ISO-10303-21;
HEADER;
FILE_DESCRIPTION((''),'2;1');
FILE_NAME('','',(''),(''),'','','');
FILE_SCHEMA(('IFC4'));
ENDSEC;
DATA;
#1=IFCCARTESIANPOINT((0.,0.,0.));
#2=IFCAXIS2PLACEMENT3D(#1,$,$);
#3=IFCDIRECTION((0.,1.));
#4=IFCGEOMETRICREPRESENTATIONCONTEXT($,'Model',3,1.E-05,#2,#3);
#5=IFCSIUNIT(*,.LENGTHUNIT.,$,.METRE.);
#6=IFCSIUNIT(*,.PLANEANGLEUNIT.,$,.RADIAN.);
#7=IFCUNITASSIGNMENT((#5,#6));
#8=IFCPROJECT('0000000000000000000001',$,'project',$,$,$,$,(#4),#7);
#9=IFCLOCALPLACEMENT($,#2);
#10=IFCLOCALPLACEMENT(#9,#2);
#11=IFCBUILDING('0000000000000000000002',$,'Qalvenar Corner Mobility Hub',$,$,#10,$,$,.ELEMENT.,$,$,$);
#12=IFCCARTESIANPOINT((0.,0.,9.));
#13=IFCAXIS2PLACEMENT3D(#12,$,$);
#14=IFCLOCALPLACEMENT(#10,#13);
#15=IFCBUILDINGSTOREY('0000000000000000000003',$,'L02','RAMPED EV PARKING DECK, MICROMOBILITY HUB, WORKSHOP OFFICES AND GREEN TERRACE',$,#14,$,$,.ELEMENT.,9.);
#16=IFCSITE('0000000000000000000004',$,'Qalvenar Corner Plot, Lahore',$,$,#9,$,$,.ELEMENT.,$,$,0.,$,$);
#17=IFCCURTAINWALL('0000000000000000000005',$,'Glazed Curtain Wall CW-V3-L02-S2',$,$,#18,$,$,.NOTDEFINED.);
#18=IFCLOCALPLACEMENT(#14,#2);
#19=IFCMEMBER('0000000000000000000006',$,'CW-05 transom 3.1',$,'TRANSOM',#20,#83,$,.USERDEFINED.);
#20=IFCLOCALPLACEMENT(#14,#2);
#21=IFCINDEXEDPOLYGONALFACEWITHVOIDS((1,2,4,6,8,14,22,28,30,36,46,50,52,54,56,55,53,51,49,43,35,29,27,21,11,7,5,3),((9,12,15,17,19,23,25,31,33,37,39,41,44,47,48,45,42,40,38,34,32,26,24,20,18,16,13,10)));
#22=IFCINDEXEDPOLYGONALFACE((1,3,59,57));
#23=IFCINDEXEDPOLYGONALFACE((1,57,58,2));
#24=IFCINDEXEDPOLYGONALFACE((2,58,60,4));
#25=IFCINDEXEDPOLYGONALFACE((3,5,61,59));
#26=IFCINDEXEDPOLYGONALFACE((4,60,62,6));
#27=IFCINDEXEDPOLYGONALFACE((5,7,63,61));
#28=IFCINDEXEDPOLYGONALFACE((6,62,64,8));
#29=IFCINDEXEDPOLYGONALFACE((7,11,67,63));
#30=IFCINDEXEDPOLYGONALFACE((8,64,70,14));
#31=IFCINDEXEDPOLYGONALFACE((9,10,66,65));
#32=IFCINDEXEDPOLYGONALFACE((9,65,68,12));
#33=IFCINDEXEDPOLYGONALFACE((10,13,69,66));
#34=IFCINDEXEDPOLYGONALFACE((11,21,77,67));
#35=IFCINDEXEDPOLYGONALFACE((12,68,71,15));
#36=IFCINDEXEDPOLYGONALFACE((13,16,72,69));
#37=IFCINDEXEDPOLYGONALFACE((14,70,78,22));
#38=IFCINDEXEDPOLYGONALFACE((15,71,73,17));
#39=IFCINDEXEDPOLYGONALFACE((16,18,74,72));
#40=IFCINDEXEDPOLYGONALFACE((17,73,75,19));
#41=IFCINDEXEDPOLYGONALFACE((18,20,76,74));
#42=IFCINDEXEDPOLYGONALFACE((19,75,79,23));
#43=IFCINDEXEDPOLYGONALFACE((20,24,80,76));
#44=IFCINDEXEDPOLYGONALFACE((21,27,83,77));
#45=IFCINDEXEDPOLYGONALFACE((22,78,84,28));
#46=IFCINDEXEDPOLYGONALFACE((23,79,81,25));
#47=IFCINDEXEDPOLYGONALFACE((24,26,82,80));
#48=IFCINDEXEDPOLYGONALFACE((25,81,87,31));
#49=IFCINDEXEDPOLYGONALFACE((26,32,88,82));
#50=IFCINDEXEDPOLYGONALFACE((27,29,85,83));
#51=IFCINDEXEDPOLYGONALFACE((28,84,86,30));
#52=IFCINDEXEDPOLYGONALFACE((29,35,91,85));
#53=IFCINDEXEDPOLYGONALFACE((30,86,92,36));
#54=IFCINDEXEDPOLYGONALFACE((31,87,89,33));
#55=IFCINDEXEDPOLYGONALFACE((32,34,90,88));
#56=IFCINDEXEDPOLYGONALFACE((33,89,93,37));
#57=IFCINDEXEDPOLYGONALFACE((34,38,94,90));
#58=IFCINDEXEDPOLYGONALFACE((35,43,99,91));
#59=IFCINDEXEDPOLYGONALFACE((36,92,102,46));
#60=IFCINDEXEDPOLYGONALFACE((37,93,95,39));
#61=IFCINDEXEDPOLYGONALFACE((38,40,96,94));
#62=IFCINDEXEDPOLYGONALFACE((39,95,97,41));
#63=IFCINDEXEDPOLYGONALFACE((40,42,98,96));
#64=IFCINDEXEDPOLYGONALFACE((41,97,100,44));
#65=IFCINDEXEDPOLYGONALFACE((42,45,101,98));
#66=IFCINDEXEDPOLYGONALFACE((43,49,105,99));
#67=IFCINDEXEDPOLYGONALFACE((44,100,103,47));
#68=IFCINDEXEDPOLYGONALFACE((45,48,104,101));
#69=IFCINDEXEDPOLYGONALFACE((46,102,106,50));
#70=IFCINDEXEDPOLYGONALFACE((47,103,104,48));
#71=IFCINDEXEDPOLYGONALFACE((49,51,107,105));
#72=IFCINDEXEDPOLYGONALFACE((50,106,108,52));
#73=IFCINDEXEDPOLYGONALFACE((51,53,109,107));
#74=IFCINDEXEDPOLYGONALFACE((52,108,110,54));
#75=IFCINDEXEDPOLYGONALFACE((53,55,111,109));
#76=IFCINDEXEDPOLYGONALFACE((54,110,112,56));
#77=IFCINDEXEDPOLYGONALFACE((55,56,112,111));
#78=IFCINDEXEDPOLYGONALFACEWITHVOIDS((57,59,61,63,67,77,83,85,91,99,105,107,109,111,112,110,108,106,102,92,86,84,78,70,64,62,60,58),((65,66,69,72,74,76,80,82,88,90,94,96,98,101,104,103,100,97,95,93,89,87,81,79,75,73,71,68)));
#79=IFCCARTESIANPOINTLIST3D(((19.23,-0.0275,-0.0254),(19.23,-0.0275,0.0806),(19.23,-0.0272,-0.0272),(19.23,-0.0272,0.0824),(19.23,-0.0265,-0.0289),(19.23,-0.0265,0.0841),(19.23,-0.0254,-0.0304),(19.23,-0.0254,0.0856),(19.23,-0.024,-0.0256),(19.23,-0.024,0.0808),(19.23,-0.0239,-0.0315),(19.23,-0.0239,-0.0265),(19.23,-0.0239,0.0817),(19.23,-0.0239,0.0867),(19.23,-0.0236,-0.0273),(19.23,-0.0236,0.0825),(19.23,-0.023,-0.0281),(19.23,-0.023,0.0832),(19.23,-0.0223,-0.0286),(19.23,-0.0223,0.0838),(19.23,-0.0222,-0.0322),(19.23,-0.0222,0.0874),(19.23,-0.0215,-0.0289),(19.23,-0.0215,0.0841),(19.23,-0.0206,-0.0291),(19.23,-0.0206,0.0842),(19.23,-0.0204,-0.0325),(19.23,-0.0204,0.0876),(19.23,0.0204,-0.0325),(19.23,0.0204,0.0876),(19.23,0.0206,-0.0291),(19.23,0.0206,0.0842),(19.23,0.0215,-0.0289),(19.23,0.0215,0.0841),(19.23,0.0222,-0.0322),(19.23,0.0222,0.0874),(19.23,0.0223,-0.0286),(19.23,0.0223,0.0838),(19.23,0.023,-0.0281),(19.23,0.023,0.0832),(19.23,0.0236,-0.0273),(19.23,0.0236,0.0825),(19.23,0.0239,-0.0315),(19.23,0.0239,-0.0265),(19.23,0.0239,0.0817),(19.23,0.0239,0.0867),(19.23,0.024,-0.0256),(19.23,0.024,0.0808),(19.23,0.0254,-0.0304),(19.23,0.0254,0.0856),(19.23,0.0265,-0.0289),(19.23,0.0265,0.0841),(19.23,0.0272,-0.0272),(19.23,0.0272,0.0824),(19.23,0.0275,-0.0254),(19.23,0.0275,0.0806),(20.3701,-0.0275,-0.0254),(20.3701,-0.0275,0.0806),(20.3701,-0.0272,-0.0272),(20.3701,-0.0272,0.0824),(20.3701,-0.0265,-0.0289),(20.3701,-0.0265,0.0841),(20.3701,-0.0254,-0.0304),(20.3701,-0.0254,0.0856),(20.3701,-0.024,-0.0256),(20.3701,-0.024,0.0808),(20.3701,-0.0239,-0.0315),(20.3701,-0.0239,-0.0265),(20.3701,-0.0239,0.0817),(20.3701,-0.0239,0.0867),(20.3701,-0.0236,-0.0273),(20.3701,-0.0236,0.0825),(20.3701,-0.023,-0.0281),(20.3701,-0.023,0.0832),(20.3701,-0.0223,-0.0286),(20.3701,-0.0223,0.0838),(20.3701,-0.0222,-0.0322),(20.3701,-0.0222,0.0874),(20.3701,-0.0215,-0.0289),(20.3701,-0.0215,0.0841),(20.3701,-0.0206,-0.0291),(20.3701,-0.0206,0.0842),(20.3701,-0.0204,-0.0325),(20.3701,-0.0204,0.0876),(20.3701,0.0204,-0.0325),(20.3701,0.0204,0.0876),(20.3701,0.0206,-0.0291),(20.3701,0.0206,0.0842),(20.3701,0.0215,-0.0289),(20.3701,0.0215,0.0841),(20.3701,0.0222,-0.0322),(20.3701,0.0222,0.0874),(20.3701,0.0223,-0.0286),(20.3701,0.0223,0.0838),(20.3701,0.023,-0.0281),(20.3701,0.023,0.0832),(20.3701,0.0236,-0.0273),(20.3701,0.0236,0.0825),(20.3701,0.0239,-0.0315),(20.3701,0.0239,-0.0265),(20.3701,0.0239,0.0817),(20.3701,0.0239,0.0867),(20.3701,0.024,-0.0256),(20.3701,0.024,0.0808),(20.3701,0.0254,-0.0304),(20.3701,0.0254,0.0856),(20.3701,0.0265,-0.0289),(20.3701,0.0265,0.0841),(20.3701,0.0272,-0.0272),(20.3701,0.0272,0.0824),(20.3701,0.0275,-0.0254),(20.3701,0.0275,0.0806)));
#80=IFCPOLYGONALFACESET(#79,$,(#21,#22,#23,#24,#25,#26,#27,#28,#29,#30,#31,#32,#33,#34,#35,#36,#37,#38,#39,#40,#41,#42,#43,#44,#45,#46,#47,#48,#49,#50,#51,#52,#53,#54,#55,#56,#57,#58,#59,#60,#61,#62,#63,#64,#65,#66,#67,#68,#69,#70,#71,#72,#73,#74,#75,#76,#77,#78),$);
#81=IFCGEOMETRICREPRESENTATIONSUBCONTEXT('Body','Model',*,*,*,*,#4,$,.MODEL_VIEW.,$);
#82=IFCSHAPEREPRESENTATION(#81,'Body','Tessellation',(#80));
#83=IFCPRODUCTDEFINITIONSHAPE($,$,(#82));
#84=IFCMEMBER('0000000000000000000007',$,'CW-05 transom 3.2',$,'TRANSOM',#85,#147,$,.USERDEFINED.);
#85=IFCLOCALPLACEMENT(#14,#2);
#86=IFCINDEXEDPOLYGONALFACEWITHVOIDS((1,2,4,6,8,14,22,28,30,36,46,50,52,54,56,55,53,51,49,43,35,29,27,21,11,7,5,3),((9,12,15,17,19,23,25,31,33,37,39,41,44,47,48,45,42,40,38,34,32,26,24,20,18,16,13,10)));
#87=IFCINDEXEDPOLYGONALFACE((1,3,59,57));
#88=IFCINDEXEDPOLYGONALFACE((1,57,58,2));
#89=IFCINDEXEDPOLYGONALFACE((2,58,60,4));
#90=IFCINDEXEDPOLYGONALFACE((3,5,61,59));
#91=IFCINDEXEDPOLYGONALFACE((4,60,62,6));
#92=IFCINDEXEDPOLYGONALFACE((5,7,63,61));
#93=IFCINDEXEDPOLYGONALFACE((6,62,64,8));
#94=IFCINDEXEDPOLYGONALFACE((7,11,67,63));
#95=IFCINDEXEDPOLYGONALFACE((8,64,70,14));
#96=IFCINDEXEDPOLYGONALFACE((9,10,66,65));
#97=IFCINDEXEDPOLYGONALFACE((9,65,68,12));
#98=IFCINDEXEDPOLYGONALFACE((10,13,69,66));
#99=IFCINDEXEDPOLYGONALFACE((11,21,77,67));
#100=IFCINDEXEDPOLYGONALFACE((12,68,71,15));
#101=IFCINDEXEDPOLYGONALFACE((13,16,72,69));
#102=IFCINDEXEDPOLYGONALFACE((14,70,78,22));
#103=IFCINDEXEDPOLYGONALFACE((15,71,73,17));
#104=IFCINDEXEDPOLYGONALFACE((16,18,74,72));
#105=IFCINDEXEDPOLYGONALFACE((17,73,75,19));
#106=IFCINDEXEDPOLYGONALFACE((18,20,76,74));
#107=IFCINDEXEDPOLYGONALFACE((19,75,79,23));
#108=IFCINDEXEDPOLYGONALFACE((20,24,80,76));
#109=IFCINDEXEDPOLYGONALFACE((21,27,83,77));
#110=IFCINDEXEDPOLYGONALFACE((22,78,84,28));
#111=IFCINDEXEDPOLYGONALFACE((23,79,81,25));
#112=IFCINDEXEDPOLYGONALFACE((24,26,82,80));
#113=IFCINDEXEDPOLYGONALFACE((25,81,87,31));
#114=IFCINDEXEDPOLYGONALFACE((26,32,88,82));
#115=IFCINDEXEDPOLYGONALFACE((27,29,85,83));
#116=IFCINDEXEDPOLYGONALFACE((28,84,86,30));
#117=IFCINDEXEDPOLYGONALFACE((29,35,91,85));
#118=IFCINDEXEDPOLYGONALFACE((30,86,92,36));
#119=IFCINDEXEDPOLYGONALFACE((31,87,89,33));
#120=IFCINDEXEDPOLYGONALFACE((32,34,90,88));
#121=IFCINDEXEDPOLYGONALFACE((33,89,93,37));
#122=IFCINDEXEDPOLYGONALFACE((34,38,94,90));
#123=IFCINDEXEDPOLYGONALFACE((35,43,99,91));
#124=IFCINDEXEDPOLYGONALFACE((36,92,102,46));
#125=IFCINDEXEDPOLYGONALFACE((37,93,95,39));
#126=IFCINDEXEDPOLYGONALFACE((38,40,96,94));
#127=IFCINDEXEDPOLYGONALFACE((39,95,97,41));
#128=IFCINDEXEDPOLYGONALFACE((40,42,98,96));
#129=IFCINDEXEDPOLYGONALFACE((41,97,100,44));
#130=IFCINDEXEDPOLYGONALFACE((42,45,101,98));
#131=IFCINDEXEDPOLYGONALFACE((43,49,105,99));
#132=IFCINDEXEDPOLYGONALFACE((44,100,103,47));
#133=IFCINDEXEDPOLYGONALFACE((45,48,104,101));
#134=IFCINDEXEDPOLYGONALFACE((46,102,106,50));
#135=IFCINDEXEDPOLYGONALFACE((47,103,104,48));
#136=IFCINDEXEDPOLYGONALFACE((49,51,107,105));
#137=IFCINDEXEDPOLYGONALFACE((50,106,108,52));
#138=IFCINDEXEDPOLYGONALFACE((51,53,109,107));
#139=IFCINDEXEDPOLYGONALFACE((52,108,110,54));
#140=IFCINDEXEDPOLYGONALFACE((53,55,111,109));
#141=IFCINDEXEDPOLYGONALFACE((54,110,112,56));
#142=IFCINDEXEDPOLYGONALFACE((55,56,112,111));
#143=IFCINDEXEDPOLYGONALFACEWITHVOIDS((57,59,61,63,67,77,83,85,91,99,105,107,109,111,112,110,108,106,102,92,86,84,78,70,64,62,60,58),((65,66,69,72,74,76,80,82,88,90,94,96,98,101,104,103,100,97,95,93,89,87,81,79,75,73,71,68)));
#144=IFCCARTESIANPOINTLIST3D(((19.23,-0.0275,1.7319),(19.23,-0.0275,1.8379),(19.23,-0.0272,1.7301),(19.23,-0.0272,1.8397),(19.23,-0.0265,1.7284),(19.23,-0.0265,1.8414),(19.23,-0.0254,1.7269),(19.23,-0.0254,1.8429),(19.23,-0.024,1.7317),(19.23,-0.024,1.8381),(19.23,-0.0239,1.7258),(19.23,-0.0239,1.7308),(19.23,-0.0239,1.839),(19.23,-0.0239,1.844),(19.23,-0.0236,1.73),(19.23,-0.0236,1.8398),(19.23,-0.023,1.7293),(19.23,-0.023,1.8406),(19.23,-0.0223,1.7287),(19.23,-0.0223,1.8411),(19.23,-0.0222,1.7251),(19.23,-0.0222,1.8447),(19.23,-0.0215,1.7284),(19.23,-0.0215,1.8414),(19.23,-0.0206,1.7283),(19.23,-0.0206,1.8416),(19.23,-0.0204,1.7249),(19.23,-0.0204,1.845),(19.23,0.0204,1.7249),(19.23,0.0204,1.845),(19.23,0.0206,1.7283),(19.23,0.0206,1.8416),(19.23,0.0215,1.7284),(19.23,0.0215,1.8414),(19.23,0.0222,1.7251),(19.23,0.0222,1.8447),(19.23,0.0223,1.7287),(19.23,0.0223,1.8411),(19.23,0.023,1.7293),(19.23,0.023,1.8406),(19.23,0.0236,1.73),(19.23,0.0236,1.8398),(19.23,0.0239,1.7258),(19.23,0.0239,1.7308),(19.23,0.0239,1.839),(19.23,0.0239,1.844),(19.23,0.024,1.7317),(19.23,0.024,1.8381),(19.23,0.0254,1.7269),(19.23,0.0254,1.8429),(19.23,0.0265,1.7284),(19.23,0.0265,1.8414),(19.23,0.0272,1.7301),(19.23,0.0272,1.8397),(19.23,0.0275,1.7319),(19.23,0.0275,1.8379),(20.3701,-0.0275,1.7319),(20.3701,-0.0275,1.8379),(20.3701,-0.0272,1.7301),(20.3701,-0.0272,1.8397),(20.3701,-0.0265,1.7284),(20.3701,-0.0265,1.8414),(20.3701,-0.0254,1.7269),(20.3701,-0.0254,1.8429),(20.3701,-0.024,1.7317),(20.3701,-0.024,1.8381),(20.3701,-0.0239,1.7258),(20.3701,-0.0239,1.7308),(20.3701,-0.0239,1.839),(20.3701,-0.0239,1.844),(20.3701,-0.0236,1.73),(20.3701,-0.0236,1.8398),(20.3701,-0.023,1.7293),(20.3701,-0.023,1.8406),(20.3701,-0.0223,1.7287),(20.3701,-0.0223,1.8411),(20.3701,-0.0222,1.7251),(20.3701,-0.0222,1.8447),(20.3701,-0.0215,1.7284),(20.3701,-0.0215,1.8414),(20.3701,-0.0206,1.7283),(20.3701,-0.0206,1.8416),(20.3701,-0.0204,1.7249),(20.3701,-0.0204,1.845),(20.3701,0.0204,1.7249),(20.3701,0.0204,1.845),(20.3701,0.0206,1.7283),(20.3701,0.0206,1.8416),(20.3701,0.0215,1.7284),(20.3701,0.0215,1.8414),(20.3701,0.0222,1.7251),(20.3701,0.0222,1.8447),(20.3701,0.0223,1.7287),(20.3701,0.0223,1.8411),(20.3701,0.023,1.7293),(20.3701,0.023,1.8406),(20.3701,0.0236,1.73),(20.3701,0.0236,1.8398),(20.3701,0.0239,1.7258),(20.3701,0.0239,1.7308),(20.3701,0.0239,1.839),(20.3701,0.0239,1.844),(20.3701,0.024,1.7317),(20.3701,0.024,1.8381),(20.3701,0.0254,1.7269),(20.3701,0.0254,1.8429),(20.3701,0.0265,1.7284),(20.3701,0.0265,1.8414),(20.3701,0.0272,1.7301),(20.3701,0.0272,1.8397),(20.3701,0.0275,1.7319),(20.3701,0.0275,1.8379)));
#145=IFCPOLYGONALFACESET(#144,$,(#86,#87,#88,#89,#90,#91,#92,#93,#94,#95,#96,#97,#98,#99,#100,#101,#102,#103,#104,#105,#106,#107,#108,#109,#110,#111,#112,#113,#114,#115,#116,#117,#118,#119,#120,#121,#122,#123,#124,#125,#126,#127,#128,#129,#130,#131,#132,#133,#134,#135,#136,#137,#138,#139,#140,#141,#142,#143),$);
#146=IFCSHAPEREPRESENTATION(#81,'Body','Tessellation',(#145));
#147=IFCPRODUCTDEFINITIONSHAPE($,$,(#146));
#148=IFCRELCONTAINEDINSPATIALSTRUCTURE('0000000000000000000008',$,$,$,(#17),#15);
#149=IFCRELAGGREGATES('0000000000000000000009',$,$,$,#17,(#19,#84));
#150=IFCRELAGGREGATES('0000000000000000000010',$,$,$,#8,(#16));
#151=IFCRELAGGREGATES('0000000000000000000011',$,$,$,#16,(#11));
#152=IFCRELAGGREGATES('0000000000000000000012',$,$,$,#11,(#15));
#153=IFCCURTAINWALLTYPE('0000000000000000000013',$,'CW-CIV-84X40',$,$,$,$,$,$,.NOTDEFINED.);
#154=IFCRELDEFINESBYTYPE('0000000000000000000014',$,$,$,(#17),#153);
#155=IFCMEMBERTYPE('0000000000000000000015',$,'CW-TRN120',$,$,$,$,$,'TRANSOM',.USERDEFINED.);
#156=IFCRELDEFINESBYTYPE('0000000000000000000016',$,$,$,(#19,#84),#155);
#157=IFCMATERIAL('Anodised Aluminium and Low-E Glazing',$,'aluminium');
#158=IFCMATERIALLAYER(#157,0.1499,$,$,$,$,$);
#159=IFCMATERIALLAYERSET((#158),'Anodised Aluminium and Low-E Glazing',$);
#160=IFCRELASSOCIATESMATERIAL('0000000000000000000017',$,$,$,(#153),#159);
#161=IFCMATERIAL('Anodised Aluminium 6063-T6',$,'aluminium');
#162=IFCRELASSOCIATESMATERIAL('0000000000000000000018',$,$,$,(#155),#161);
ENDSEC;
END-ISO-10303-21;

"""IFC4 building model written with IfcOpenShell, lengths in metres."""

from ifc_helpers import new_model, si_unit, direction, frame, origin, origin_2d, place, context, subcontext, project, spatial, hollow_rectangle, extrude, material, layer, layer_set, material_profile, profile_set, type_object, element, aggregate, save


model = new_model("IFC4")

# Units and contexts
model_context = context("Model", 3, precision=1e-05, world=origin(), true_north=direction((0.0, 1.0)))
body_context = subcontext(model_context, "Body", "Model", "MODEL_VIEW")
ifc_project = project(units=[si_unit("LENGTHUNIT", "METRE"), si_unit("PLANEANGLEUNIT", "RADIAN")], contexts=[model_context])

# Site, building, storey
site_placement = place(None, origin())
site = spatial("IfcSite", under=ifc_project, at=site_placement, Name="Qalvenar Corner Plot, Lahore", CompositionType="ELEMENT", RefElevation=0.0)
building_placement = place(site_placement, origin())
building = spatial("IfcBuilding", under=site, at=building_placement, Name="Qalvenar Corner Mobility Hub", CompositionType="ELEMENT")
storey_placement = place(building_placement, frame((0.0, 0.0, 9.0)))
storey = spatial("IfcBuildingStorey", under=building, at=storey_placement, Name="L02", Description="RAMPED EV PARKING DECK, MICROMOBILITY HUB, WORKSHOP OFFICES AND GREEN TERRACE", CompositionType="ELEMENT", Elevation=9.0)

# Curtain wall, members
ifc_material_1 = material(Name="Anodised Aluminium and Low-E Glazing", Category="aluminium")
ifc_layer_1 = layer(ifc_material_1, 0.1499)
ifc_layer_set_1 = layer_set([ifc_layer_1], Name="Anodised Aluminium and Low-E Glazing")
curtain_wall_type = type_object("IfcCurtainWallType", Name="CW-CIV-84X40", PredefinedType="NOTDEFINED", material=ifc_layer_set_1)
curtain_wall_placement = place(storey_placement, origin())
curtain_wall = element("IfcCurtainWall", 1, at=curtain_wall_placement, inside=storey, type_object=curtain_wall_type, Name="Glazed Curtain Wall CW-V3-L02-S2", PredefinedType="NOTDEFINED")
ifc_material_2 = material(Name="Anodised Aluminium 6063-T6", Category="aluminium")
ifc_material_profile_1 = material_profile(ifc_material_2, hollow_rectangle(XDim=0.0549, YDim=0.1201, WallThickness=0.0034, InnerFilletRadius=0.0034, OuterFilletRadius=0.0071, at=origin_2d()), Name="RHS120x55x3.5")
ifc_profile_set_1 = profile_set([ifc_material_profile_1], Name="Anodised Aluminium 6063-T6")
member_type_1 = type_object("IfcMemberType", Name="CW-TRN120", ElementType="TRANSOM", PredefinedType="USERDEFINED", material=ifc_profile_set_1)
member_1_placement = place(storey_placement, frame((19.23, 0.0, 0.0276), z_axis=(1.0, 0.0, 0.0), x_axis=(0.0, 1.0, 0.0)))
member_1 = element("IfcMember", 2, at=member_1_placement, type_object=member_type_1, Name="CW-05 transom 3.1", ObjectType="TRANSOM", PredefinedType="USERDEFINED", context=body_context, shape_type="SweptSolid", body=[
    extrude(hollow_rectangle(XDim=0.0549, YDim=0.1201, WallThickness=0.0034, InnerFilletRadius=0.0034, OuterFilletRadius=0.0071, at=origin_2d()), origin(), (0.0, 0.0, 1.0), 1.1401),
])
member_2_placement = place(storey_placement, frame((19.23, 0.0, 1.7849), z_axis=(1.0, 0.0, 0.0), x_axis=(0.0, 1.0, 0.0)))
member_2 = element("IfcMember", 3, at=member_2_placement, type_object=member_type_1, Name="CW-05 transom 3.2", ObjectType="TRANSOM", PredefinedType="USERDEFINED", context=body_context, shape_type="SweptSolid", body=[
    extrude(hollow_rectangle(XDim=0.0549, YDim=0.1201, WallThickness=0.0034, InnerFilletRadius=0.0034, OuterFilletRadius=0.0071, at=origin_2d()), origin(), (0.0, 0.0, 1.0), 1.1401),
])
aggregate(curtain_wall, [member_1, member_2])

save(model, "model.ifc")
